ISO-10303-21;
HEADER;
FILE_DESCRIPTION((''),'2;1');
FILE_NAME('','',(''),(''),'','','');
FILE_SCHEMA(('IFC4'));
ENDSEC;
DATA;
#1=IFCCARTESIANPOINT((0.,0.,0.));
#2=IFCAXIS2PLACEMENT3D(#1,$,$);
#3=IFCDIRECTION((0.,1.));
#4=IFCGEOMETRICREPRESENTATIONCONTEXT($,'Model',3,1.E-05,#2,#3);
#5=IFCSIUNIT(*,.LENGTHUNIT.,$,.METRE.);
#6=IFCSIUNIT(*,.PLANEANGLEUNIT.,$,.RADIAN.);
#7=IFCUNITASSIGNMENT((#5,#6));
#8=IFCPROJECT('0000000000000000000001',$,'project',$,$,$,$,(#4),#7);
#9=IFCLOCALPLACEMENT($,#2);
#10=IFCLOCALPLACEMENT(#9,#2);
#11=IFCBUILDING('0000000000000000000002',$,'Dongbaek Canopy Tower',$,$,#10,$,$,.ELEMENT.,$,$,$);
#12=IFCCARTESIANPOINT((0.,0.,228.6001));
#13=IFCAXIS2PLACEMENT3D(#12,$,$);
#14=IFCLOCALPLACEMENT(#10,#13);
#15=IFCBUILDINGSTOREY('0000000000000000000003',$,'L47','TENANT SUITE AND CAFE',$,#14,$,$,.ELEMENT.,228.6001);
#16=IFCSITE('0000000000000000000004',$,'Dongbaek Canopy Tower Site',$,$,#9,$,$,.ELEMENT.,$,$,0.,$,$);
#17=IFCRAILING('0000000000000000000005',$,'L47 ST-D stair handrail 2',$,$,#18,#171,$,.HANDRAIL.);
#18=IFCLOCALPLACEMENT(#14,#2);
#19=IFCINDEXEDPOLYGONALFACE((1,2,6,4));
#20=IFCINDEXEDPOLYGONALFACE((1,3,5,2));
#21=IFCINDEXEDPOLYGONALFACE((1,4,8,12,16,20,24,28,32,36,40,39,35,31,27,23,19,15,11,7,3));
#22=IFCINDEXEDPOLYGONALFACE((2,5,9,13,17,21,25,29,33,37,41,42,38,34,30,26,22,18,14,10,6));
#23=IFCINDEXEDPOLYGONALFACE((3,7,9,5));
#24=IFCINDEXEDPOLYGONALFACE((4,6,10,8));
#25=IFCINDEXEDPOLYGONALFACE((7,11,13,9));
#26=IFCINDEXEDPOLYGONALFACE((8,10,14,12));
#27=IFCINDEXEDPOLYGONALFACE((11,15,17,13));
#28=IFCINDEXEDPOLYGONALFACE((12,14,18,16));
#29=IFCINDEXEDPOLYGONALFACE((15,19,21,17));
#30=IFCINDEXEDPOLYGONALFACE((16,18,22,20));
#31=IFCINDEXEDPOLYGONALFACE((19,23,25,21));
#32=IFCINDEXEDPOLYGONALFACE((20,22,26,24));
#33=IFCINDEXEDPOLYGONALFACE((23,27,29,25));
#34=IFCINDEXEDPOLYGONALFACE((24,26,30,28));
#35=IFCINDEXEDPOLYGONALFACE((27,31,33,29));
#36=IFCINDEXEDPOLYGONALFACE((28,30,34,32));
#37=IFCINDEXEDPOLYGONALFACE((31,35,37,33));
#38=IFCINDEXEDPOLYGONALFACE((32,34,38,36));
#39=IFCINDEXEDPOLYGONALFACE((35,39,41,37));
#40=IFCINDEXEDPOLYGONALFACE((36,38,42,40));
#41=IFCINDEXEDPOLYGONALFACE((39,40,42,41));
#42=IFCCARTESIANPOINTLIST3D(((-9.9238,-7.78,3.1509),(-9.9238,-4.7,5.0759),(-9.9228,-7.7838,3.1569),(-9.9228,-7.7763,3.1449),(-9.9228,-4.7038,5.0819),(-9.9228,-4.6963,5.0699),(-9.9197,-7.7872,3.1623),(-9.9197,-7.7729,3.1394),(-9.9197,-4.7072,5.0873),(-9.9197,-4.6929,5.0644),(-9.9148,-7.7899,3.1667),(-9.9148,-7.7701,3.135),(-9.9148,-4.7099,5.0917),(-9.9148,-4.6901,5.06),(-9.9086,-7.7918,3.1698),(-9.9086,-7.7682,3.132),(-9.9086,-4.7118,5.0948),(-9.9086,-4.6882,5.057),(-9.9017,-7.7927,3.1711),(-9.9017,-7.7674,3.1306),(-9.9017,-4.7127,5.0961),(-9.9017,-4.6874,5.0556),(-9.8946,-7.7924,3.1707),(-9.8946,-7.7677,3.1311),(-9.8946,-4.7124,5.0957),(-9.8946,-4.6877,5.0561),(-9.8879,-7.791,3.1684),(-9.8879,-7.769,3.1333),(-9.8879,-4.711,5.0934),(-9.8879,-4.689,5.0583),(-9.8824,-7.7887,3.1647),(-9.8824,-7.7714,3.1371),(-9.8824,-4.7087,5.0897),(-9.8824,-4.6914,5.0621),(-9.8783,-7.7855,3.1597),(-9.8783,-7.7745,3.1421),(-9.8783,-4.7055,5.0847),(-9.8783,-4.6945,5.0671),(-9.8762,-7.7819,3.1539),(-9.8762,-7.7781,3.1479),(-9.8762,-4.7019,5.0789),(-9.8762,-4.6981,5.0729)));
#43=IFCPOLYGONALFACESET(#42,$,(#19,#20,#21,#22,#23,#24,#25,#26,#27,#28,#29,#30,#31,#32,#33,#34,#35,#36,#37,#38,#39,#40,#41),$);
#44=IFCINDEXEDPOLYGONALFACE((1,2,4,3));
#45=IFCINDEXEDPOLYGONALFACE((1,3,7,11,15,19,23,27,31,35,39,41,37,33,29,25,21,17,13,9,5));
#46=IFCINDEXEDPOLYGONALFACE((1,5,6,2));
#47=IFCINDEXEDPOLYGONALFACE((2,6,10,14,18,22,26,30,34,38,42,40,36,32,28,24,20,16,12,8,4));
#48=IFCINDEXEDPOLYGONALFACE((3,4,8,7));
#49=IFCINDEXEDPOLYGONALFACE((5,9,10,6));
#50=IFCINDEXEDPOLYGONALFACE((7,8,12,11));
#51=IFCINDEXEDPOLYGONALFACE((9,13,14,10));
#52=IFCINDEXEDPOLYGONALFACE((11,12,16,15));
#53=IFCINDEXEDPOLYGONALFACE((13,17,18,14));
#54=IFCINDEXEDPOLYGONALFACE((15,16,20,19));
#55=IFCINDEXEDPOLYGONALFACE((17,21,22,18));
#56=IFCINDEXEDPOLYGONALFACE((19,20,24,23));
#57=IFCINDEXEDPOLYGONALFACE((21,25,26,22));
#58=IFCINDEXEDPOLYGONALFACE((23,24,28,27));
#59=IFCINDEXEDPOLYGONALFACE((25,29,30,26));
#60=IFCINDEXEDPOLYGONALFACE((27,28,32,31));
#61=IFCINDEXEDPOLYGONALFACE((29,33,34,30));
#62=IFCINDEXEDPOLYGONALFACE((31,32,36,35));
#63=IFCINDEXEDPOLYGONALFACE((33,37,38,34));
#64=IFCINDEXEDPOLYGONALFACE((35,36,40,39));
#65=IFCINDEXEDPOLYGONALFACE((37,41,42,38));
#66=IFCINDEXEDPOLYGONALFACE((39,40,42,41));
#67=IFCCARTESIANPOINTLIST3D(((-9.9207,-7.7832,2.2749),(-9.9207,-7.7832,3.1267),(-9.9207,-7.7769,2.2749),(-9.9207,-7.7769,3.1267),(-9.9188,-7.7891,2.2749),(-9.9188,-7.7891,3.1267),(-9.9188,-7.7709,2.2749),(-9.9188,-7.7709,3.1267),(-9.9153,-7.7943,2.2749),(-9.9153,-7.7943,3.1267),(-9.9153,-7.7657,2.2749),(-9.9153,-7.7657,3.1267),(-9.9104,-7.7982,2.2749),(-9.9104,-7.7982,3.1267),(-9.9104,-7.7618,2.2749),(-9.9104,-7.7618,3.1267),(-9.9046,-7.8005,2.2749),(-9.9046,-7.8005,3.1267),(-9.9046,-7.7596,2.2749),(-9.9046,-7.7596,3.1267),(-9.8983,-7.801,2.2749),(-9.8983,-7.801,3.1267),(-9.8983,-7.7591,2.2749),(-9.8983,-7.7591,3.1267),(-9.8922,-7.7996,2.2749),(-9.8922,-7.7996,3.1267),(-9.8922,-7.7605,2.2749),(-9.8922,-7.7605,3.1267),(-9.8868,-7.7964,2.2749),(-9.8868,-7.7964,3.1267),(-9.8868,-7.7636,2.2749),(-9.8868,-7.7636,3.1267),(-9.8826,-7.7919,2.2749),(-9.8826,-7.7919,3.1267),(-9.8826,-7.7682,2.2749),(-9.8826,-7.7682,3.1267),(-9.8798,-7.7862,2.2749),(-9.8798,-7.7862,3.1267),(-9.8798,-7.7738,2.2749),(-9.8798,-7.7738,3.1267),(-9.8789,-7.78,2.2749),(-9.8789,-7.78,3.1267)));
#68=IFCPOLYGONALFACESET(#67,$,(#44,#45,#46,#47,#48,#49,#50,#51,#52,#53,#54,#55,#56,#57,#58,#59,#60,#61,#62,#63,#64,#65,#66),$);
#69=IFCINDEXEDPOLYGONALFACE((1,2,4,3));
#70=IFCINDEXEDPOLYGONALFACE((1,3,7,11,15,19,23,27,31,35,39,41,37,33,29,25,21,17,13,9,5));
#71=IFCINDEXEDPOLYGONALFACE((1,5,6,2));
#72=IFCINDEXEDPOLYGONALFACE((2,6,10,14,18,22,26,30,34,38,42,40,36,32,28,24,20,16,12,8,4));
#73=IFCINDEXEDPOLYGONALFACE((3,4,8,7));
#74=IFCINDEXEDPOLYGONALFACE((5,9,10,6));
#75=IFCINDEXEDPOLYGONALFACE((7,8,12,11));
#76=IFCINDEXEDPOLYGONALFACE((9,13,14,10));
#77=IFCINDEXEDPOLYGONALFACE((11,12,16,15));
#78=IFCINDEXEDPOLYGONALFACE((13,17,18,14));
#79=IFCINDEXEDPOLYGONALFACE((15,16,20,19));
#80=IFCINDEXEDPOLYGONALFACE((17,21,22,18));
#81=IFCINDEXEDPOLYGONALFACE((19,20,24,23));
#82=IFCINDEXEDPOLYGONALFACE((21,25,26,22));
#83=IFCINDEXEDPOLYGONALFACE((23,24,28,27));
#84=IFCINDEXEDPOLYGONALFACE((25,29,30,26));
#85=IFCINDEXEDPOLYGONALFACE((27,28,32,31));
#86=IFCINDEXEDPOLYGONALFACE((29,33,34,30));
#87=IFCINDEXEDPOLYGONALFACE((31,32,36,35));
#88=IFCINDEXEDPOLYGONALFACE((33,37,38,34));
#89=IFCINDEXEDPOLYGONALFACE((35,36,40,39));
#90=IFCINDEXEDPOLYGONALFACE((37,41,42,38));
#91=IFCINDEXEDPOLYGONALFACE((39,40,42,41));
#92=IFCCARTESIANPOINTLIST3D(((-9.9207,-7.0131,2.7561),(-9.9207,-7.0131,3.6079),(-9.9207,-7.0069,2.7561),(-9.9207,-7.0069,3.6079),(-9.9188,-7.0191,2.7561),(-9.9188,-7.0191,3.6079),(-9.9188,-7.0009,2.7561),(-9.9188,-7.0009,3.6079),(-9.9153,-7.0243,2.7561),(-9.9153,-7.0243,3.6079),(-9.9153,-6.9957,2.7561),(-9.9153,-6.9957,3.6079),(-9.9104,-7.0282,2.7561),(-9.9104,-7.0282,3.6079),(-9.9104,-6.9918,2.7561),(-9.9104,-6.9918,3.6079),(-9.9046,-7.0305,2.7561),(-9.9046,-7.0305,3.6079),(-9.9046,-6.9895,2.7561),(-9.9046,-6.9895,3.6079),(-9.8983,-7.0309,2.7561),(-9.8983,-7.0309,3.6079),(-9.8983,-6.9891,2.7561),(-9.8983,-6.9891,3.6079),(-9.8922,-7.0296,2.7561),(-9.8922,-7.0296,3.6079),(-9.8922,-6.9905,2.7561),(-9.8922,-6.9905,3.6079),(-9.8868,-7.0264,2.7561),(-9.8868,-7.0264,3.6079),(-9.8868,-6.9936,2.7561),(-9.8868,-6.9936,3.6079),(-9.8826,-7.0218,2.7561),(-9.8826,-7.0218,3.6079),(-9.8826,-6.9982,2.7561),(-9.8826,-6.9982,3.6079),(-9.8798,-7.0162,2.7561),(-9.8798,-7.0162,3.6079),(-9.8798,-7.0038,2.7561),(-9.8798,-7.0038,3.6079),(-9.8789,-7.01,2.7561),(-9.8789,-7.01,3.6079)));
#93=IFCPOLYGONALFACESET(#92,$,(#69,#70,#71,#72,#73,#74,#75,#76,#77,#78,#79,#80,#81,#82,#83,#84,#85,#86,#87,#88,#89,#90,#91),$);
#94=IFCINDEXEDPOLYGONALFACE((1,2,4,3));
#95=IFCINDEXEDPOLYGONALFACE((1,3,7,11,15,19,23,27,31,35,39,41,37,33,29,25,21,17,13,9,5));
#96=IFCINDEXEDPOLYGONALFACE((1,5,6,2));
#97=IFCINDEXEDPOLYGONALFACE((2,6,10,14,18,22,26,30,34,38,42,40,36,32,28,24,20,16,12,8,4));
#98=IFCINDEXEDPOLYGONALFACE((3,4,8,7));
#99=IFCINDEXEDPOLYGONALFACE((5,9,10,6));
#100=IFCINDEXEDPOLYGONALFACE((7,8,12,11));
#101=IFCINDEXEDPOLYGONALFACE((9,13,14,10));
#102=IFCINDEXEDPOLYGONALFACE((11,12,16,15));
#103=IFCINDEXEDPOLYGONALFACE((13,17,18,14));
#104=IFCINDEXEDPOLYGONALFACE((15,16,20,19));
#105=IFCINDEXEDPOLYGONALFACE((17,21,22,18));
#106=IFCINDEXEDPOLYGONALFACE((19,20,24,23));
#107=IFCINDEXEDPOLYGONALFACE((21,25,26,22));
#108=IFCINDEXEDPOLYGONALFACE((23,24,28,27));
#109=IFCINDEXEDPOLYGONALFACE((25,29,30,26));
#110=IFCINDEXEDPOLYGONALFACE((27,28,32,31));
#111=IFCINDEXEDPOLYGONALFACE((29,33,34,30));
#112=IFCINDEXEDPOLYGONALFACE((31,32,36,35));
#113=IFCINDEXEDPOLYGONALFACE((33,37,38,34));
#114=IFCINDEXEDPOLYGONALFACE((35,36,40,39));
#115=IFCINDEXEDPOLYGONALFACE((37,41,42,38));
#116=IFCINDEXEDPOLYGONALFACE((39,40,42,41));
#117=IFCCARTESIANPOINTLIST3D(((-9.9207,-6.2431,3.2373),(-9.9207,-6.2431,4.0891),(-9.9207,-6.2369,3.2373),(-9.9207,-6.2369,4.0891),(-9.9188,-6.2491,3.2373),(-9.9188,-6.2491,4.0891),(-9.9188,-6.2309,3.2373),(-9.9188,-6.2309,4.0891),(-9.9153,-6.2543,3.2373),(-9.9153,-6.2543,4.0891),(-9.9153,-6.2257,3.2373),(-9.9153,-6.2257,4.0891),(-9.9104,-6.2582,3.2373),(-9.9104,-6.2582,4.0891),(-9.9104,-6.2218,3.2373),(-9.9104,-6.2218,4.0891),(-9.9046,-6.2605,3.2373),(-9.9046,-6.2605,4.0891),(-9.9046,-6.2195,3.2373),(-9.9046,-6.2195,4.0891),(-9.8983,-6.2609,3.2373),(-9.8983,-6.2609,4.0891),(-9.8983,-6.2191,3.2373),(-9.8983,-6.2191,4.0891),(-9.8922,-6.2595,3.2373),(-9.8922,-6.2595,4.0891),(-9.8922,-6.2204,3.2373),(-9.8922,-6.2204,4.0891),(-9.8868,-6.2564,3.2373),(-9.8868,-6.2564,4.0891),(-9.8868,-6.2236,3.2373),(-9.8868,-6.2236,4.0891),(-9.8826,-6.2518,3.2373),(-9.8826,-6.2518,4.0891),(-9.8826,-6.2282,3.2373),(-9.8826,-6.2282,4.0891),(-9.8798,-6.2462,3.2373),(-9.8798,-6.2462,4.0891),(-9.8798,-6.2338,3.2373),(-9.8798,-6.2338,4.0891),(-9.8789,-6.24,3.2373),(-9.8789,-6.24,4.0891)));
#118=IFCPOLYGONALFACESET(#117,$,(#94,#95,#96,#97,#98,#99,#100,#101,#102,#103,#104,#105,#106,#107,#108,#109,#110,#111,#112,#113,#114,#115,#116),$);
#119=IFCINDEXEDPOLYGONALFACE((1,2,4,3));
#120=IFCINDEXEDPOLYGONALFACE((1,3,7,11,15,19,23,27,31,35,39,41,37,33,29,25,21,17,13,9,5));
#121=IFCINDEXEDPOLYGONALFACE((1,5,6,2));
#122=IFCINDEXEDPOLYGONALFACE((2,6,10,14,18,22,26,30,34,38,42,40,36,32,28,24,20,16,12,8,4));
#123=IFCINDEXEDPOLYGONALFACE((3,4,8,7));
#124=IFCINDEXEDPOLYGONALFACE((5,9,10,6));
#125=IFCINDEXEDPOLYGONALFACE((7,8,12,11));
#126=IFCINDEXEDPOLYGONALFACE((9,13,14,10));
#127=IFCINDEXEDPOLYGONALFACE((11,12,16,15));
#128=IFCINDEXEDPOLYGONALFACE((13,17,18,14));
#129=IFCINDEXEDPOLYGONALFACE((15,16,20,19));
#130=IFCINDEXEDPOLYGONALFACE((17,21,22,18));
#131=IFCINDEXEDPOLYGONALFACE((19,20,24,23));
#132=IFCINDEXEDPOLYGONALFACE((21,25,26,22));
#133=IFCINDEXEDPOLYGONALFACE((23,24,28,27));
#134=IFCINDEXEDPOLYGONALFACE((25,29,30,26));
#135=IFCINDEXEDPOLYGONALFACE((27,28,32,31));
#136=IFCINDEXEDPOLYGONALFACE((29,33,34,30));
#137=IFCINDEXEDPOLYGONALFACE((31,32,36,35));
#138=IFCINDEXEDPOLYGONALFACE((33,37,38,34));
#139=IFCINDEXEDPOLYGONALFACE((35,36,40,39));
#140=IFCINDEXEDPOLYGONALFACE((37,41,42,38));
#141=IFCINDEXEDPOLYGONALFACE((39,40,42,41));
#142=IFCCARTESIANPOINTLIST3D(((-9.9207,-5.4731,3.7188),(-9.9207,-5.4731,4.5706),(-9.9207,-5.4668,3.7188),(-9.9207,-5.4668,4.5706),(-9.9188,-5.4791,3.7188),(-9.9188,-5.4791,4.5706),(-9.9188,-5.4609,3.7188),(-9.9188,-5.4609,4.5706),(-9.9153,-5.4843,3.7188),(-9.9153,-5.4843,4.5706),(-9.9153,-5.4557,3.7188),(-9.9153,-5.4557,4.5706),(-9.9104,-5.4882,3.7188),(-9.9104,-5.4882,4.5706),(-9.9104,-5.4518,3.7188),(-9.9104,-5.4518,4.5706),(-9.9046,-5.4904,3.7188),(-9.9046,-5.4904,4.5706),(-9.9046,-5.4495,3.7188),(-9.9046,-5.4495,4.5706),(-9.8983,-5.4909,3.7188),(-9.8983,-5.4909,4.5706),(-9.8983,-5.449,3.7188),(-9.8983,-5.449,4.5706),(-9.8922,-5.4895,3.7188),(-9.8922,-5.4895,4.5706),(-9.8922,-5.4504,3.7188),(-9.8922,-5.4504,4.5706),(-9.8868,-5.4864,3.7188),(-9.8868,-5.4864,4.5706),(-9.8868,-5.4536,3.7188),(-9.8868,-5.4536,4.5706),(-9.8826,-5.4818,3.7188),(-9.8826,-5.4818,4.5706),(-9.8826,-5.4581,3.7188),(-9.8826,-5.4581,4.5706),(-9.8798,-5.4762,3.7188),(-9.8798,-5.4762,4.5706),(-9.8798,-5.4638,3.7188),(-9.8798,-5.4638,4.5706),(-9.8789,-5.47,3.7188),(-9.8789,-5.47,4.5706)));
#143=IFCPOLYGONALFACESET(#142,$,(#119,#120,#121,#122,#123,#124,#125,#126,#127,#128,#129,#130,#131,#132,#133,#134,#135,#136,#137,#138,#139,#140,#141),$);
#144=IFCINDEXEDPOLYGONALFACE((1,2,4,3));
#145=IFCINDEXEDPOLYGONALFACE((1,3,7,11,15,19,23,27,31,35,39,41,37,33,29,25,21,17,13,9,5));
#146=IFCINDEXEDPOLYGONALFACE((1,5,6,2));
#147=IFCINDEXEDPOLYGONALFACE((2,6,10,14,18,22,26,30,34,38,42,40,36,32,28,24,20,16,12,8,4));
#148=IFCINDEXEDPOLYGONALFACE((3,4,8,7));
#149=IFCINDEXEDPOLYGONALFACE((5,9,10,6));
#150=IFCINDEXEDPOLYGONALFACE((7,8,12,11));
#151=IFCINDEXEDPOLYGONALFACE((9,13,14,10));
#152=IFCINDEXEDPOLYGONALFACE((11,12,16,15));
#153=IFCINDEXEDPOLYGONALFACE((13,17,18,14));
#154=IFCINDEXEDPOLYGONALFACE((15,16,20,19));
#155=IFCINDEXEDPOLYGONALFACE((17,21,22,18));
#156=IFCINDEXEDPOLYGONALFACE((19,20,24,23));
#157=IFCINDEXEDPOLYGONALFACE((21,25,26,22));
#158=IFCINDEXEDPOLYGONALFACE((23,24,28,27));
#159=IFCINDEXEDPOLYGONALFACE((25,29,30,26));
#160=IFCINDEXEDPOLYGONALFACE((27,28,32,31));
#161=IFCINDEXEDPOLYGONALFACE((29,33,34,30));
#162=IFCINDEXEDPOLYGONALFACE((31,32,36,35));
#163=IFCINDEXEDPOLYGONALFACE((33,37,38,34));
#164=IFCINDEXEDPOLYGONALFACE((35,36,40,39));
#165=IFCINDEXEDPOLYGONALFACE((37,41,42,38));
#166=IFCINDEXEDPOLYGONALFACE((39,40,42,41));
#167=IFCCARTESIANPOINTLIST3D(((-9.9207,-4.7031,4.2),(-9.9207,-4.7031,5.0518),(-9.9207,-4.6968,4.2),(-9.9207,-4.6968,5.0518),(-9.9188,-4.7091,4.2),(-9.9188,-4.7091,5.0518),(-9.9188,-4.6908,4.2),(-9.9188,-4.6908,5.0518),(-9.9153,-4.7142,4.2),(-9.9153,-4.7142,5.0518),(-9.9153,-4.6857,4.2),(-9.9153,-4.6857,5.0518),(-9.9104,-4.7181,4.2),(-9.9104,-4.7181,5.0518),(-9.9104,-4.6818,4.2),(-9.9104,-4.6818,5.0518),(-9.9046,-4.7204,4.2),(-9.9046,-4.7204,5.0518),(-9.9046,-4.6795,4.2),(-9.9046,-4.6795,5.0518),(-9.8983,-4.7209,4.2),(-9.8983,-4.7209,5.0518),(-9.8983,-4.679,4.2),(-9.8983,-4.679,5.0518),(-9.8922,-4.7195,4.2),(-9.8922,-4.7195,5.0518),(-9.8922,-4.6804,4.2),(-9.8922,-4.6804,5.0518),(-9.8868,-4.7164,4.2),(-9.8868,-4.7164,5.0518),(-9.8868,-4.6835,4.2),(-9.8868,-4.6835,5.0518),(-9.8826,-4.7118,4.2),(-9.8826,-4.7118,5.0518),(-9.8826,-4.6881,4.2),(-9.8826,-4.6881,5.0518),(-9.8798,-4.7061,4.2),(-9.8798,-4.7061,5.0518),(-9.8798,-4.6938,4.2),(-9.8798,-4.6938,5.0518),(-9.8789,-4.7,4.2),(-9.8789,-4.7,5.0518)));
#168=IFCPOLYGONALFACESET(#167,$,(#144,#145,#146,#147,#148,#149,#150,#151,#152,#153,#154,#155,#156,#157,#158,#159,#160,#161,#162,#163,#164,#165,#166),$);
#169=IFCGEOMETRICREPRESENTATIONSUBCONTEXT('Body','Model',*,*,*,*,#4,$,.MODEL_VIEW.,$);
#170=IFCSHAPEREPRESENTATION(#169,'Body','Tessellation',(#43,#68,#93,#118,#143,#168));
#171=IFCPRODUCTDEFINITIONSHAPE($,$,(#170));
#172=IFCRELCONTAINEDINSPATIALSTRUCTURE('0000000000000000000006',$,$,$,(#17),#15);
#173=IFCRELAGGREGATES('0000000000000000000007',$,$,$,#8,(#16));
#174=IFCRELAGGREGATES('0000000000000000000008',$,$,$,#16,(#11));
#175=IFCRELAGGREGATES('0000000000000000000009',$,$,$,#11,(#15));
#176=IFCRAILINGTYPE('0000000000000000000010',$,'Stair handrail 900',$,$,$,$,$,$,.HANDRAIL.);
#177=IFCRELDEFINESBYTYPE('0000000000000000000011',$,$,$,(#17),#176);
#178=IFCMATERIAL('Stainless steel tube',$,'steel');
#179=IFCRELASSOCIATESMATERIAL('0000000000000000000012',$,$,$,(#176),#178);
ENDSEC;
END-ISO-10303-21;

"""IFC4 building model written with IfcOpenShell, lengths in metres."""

from ifc_helpers import new_model, si_unit, direction, frame, origin, origin_2d, place, context, subcontext, project, spatial, circle, extrude, material, type_object, element, save


model = new_model("IFC4")

# Units and contexts
model_context = context("Model", 3, precision=1e-05, world=origin(), true_north=direction((0.0, 1.0)))
body_context = subcontext(model_context, "Body", "Model", "MODEL_VIEW")
ifc_project = project(units=[si_unit("LENGTHUNIT", "METRE"), si_unit("PLANEANGLEUNIT", "RADIAN")], contexts=[model_context])

# Site, building, storey
site_placement = place(None, origin())
site = spatial("IfcSite", under=ifc_project, at=site_placement, Name="Dongbaek Canopy Tower Site", CompositionType="ELEMENT", RefElevation=0.0)
building_placement = place(site_placement, origin())
building = spatial("IfcBuilding", under=site, at=building_placement, Name="Dongbaek Canopy Tower", CompositionType="ELEMENT")
storey_placement = place(building_placement, frame((0.0, 0.0, 228.6001)))
storey = spatial("IfcBuildingStorey", under=building, at=storey_placement, Name="L47", Description="TENANT SUITE AND CAFE", CompositionType="ELEMENT", Elevation=228.6001)

# Railing
ifc_material_1 = material(Name="Stainless steel tube", Category="steel")
railing_type_1 = type_object("IfcRailingType", Name="Stair handrail 900", PredefinedType="HANDRAIL", material=ifc_material_1)
railing_1_placement = place(storey_placement, frame((-9.8999, -7.78, 2.2749)))
element("IfcRailing", 1, at=railing_1_placement, inside=storey, type_object=railing_type_1, Name="L47 ST-D stair handrail 2", PredefinedType="HANDRAIL", context=body_context, shape_type="SweptSolid", body=[
    extrude(circle(Radius=0.0239, at=origin_2d()), frame((0.0, 0.0, 0.876), z_axis=(0.0, 0.847998, 0.529999), x_axis=(-1.0, 0.0, 0.0)), (0.0, 0.0, 1.0), 3.6321),
    extrude(circle(Radius=0.021, at=origin_2d()), origin(), (0.0, 0.0, 1.0), 0.8518),
    extrude(circle(Radius=0.021, at=origin_2d()), frame((0.0, 0.77, 0.4812)), (0.0, 0.0, 1.0), 0.8518),
    extrude(circle(Radius=0.021, at=origin_2d()), frame((0.0, 1.54, 0.9624)), (0.0, 0.0, 1.0), 0.8518),
    extrude(circle(Radius=0.021, at=origin_2d()), frame((0.0, 2.3101, 1.4438)), (0.0, 0.0, 1.0), 0.8518),
    extrude(circle(Radius=0.021, at=origin_2d()), frame((0.0, 3.0801, 1.925)), (0.0, 0.0, 1.0), 0.8518),
])

save(model, "model.ifc")
